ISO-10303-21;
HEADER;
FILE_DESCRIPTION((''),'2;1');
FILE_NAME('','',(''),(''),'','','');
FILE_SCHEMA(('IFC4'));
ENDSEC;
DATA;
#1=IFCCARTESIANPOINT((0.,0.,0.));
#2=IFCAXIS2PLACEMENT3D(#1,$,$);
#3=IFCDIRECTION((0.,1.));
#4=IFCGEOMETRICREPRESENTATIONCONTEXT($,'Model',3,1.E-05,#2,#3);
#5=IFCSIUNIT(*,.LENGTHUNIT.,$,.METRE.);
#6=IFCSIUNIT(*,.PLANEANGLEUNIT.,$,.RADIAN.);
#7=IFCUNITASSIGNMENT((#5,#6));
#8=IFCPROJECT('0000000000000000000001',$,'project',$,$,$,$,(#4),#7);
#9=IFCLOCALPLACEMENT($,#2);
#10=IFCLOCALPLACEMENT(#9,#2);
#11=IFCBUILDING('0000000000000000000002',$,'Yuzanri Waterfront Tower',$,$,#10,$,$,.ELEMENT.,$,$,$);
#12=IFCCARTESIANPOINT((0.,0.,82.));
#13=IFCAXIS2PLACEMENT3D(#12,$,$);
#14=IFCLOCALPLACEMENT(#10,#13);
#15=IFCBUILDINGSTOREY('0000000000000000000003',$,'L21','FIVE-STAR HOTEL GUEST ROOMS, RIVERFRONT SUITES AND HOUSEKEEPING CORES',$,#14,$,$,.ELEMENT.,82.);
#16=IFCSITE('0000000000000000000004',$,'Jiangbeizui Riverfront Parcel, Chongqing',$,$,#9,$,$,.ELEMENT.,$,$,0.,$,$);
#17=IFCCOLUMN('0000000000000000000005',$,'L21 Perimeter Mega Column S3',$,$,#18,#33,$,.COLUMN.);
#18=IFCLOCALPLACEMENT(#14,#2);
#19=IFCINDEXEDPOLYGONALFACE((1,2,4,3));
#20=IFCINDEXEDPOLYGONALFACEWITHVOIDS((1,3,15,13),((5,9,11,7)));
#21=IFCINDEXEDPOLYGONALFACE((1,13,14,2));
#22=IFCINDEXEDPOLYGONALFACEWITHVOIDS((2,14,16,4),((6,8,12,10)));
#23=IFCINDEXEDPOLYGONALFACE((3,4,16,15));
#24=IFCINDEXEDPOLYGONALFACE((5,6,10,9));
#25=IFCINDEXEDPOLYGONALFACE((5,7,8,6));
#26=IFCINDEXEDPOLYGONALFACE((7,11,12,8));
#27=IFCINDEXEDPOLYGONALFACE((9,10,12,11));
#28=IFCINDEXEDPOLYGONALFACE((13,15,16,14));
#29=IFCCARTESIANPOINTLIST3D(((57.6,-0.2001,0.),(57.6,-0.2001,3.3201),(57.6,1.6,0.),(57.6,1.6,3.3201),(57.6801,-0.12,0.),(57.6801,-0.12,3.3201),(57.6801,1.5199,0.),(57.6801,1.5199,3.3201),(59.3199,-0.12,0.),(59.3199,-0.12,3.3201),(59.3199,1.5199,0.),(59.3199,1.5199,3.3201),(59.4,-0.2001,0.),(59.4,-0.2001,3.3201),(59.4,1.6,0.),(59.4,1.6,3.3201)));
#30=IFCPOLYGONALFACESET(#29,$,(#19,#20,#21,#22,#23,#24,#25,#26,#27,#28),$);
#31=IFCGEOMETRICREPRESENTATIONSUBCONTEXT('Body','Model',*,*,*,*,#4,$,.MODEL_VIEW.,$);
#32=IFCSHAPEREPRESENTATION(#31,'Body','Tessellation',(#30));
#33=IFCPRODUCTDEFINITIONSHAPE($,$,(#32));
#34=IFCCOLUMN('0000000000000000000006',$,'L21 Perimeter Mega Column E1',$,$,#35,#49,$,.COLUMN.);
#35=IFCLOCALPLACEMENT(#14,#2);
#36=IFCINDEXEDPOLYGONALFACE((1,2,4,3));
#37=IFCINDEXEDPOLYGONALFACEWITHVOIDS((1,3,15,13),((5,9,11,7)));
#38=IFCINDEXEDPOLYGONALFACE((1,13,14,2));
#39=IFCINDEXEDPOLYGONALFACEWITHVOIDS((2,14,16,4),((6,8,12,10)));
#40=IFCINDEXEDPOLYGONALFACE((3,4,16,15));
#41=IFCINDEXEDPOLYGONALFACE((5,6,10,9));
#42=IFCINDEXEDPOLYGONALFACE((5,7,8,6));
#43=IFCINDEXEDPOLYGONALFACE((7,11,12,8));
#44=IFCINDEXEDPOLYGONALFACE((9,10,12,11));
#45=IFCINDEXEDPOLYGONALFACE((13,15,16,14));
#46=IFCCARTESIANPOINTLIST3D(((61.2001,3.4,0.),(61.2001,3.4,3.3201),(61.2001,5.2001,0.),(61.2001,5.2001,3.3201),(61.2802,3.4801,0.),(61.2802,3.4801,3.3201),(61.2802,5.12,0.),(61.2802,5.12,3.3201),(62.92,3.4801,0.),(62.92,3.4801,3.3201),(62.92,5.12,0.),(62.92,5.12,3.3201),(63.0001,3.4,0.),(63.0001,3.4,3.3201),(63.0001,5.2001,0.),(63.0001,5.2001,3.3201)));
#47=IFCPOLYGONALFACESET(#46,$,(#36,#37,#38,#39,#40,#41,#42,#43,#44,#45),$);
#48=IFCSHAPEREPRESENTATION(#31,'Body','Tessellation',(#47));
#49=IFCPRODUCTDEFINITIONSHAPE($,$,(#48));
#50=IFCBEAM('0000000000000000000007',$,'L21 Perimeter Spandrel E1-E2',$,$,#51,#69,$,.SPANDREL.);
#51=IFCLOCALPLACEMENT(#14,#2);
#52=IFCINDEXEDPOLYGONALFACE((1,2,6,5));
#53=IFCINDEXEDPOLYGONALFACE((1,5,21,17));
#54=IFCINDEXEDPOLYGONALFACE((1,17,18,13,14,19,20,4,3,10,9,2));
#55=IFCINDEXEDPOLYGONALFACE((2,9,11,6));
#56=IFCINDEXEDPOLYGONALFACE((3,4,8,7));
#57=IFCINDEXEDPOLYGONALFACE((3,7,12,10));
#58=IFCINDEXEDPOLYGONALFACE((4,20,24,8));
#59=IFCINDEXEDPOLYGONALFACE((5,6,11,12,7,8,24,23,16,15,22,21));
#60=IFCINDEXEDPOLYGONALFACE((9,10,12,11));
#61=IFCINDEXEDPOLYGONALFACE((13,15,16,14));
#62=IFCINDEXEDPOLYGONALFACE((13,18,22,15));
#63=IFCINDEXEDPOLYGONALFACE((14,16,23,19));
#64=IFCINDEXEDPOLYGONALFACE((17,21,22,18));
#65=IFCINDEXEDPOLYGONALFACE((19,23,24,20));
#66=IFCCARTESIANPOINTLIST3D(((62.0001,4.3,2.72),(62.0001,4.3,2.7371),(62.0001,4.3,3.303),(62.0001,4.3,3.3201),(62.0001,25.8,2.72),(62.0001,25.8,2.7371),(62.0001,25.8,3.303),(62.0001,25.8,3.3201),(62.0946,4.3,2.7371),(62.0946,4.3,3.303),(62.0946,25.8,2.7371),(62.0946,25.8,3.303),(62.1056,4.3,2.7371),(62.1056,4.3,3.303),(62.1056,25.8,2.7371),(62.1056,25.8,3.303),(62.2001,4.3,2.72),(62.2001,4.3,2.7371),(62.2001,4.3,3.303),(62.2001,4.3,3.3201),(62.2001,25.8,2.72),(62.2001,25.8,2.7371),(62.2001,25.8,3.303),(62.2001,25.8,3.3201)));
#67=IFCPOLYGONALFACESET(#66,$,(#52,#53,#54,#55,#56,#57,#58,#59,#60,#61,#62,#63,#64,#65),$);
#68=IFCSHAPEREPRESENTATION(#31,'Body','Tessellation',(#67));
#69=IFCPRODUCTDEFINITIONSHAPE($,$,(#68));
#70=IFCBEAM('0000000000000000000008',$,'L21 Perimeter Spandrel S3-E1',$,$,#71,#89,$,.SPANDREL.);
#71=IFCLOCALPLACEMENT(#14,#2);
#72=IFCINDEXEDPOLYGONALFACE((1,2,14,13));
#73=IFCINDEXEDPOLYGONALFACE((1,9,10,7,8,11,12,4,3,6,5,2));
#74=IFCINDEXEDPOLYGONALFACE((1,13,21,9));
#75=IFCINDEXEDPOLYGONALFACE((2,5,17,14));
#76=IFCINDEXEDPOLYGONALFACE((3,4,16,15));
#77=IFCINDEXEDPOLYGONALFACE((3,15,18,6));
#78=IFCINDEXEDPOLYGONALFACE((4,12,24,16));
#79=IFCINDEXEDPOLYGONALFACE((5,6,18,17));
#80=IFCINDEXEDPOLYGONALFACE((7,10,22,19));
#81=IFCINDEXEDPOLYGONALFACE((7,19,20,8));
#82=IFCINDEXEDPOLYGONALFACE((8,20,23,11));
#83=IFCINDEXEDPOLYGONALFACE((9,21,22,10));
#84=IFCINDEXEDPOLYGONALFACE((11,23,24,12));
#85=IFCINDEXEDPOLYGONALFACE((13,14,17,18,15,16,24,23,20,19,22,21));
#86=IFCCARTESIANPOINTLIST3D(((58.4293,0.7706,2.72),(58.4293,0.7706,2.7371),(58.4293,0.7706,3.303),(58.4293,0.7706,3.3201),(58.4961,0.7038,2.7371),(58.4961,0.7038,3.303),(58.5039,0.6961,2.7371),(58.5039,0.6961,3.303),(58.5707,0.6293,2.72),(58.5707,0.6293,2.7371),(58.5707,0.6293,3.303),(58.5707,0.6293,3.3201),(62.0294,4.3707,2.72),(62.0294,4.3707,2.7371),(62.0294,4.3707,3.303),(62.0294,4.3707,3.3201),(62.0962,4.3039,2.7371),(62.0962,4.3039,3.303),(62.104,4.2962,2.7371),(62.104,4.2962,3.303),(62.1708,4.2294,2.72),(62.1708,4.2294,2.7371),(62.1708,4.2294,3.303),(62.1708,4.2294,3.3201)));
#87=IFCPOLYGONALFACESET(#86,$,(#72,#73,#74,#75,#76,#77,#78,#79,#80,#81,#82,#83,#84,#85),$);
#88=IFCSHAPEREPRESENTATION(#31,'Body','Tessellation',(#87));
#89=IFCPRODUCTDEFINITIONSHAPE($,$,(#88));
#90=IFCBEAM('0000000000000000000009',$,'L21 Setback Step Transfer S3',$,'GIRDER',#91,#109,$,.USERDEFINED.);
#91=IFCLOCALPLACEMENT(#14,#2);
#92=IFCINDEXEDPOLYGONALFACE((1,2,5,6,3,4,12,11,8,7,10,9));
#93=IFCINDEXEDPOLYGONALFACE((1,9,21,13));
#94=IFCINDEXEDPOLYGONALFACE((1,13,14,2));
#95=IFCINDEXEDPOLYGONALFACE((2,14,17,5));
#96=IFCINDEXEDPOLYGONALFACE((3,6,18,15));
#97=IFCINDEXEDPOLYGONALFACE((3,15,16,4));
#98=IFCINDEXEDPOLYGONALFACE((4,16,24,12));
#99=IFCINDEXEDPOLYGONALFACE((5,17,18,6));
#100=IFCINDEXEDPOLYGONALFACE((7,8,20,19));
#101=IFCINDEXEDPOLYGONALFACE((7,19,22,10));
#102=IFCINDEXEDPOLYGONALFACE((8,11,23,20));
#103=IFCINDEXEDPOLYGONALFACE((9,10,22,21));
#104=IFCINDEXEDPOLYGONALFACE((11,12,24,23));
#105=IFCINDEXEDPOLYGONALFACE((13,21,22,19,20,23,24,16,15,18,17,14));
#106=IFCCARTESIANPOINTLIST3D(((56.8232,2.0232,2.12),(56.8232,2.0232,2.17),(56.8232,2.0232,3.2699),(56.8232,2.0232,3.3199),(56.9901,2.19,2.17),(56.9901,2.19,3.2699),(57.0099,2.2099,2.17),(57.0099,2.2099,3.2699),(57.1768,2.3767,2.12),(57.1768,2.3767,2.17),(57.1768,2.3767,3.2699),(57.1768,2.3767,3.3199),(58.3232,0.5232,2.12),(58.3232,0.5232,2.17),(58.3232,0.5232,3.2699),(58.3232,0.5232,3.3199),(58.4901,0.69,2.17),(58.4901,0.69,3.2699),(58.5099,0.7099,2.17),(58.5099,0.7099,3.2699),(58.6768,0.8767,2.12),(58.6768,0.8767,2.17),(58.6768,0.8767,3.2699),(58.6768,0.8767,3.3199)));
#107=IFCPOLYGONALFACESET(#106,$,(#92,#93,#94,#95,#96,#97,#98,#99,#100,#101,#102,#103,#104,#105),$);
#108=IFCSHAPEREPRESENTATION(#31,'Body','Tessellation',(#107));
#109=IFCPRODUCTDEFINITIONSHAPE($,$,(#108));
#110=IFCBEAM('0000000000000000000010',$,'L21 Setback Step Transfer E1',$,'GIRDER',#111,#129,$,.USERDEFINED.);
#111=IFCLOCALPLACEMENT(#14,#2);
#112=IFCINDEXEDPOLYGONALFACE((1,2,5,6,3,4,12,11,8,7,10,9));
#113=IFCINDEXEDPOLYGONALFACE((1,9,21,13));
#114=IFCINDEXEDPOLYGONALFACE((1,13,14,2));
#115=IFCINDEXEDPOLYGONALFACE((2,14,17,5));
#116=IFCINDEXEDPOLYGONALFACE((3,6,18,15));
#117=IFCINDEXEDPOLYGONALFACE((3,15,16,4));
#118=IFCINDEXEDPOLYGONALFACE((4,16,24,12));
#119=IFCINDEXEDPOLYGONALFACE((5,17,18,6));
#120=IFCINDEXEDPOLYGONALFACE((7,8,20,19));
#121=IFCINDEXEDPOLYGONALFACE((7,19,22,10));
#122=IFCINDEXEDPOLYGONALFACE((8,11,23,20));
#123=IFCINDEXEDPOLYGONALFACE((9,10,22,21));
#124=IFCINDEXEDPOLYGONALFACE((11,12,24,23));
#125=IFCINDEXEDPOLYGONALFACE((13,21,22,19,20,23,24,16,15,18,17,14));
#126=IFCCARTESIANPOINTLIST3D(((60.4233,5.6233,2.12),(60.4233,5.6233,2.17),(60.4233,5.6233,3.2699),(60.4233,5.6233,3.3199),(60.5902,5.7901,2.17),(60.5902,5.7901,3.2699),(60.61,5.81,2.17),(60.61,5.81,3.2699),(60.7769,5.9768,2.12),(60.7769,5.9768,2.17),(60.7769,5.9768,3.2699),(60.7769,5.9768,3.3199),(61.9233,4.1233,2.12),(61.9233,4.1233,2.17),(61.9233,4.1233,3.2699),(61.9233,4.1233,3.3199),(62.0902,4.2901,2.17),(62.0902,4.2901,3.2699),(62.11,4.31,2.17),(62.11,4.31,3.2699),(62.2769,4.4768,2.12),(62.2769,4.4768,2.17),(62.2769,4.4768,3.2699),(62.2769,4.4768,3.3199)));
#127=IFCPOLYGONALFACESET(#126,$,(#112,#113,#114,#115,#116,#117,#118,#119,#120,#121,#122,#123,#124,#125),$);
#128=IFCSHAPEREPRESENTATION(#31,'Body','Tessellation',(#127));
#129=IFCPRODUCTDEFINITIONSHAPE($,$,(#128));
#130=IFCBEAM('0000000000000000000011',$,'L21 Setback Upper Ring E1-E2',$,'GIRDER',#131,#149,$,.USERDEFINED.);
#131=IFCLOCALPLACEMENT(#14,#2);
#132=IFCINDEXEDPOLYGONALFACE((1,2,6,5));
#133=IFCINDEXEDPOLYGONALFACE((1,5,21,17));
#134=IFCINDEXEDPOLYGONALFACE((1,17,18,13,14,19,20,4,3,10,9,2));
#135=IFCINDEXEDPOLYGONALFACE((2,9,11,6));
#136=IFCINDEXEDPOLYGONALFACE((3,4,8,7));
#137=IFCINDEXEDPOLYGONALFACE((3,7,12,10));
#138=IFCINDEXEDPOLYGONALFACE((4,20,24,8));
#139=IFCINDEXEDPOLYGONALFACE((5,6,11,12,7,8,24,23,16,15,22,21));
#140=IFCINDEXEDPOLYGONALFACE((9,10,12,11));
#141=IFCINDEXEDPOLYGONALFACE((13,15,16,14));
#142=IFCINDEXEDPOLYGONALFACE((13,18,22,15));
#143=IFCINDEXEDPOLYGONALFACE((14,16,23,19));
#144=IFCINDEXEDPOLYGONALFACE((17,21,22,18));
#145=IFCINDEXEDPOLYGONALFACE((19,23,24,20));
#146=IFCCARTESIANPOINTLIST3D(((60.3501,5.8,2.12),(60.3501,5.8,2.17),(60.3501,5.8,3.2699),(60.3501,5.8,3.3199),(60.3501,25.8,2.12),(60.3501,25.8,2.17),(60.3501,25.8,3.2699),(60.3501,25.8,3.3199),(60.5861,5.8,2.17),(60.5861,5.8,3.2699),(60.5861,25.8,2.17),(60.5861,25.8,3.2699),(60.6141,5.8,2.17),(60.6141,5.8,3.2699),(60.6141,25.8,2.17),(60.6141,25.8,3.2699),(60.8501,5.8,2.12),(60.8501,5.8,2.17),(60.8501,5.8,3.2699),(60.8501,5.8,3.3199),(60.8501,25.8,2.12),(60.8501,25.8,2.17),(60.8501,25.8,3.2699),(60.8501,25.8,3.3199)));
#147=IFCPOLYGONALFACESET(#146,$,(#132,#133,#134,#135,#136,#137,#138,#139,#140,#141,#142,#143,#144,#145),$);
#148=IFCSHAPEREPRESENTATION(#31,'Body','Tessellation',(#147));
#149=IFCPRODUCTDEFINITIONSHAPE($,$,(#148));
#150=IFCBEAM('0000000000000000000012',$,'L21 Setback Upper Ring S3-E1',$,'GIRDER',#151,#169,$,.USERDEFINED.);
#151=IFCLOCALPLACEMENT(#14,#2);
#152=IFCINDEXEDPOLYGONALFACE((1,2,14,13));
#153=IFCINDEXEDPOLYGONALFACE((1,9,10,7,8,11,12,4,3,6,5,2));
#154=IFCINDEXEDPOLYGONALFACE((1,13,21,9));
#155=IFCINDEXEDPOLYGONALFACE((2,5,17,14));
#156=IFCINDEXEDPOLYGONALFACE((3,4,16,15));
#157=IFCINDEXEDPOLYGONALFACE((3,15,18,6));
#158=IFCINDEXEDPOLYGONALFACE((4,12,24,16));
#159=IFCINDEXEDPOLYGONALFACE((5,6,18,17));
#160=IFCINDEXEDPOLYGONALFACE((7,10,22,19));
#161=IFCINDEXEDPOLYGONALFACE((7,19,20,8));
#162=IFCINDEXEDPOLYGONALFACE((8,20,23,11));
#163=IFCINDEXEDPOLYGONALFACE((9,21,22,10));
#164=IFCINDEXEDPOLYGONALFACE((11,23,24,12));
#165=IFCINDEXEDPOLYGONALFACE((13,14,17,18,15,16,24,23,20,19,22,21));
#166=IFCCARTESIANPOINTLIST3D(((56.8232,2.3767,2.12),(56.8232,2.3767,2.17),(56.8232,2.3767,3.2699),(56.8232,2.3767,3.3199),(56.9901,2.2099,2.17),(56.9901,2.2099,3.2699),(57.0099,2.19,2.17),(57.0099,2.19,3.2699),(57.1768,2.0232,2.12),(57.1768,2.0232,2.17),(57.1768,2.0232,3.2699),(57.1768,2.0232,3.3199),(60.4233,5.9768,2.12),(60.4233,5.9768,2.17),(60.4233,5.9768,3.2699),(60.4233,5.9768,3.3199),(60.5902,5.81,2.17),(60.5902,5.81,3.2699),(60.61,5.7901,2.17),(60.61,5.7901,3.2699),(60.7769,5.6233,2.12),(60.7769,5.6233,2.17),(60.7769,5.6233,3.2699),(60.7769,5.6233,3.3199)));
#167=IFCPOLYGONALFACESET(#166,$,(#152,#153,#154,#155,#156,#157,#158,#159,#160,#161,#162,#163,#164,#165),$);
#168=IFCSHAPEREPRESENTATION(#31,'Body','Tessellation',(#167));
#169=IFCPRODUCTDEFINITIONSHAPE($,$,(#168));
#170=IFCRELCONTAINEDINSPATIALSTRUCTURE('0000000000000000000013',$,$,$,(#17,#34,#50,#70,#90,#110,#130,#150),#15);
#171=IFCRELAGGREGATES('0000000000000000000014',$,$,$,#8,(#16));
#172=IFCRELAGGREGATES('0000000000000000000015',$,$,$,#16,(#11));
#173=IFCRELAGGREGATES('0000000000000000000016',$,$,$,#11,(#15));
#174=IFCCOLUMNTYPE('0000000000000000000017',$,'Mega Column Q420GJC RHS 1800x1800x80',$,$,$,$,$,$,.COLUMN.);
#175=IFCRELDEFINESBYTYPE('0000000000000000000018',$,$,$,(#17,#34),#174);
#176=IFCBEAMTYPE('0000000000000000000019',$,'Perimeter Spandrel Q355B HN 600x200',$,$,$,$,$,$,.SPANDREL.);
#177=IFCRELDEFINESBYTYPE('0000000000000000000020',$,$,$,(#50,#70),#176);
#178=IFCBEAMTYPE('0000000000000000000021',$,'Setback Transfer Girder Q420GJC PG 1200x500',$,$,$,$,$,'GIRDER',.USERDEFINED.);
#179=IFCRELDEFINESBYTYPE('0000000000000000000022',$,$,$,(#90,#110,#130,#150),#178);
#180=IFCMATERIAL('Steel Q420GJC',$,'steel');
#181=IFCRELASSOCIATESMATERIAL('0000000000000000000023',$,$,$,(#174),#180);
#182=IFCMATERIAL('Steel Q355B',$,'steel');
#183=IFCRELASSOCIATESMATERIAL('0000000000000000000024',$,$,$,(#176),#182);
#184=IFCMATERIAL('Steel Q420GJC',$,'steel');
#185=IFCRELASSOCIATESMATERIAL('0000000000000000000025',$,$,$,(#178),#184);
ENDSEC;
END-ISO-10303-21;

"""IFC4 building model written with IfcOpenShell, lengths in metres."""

from ifc_helpers import new_model, si_unit, direction, frame, origin, origin_2d, place, context, subcontext, project, spatial, hollow_rectangle, i_section, extrude, source, transform, mapped, material, material_profile, profile_set, type_object, element, save


model = new_model("IFC4")

# Units and contexts
model_context = context("Model", 3, precision=1e-05, world=origin(), true_north=direction((0.0, 1.0)))
body_context = subcontext(model_context, "Body", "Model", "MODEL_VIEW")
ifc_project = project(units=[si_unit("LENGTHUNIT", "METRE"), si_unit("PLANEANGLEUNIT", "RADIAN")], contexts=[model_context])

# Site, building, storey
site_placement = place(None, origin())
site = spatial("IfcSite", under=ifc_project, at=site_placement, Name="Jiangbeizui Riverfront Parcel, Chongqing", CompositionType="ELEMENT", RefElevation=0.0)
building_placement = place(site_placement, origin())
building = spatial("IfcBuilding", under=site, at=building_placement, Name="Yuzanri Waterfront Tower", CompositionType="ELEMENT")
storey_placement = place(building_placement, frame((0.0, 0.0, 82.0)))
storey = spatial("IfcBuildingStorey", under=building, at=storey_placement, Name="L21", Description="FIVE-STAR HOTEL GUEST ROOMS, RIVERFRONT SUITES AND HOUSEKEEPING CORES", CompositionType="ELEMENT", Elevation=82.0)

# Columns
ifc_material_1 = material(Name="Steel Q420GJC", Category="steel")
ifc_material_profile_1 = material_profile(ifc_material_1, hollow_rectangle(XDim=1.8, YDim=1.8, WallThickness=0.0801, at=origin_2d()), Name="RHS 1800x1800x80")
ifc_profile_set_1 = profile_set([ifc_material_profile_1], Name="Steel Q420GJC")
column_type = type_object("IfcColumnType", Name="Mega Column Q420GJC RHS 1800x1800x80", PredefinedType="COLUMN", material=ifc_profile_set_1)
shared_shape_1 = source(origin(), body_context, "Body", "SweptSolid", [
    extrude(hollow_rectangle(XDim=1.8, YDim=1.8, WallThickness=0.0801, at=origin_2d()), origin(), (0.0, 0.0, 1.0), 3.3201),
])
for number, where, z_axis, x_axis, name in (
    (1, (58.5, 0.7, 0.0), (0.0, 0.0, 1.0), (1.0, 0.0, 0.0), "L21 Perimeter Mega Column S3"),
    (2, (62.1001, 4.3, 0.0), (0.0, 0.0, 1.0), (1.0, 0.0, 0.0), "L21 Perimeter Mega Column E1"),
):
    element("IfcColumn", number, at=place(storey_placement, frame(where, z_axis=z_axis, x_axis=x_axis)), inside=storey, type_object=column_type, Name=name, PredefinedType="COLUMN", context=body_context, shape_type="MappedRepresentation", body=[
        mapped(shared_shape_1, transform((0.0, 0.0, 0.0), scale=1.0)),
    ])

# Beams
ifc_material_2 = material(Name="Steel Q355B", Category="steel")
ifc_material_profile_2 = material_profile(ifc_material_2, i_section(OverallWidth=0.2, OverallDepth=0.6001, WebThickness=0.011, FlangeThickness=0.0171, at=origin_2d()), Name="HN 600x200x11x17")
ifc_profile_set_2 = profile_set([ifc_material_profile_2], Name="Steel Q355B")
beam_type_1 = type_object("IfcBeamType", Name="Perimeter Spandrel Q355B HN 600x200", PredefinedType="SPANDREL", material=ifc_profile_set_2)
shared_shape_2 = source(origin(), body_context, "Body", "SweptSolid", [
    extrude(i_section(OverallWidth=0.2, OverallDepth=0.6001, WebThickness=0.011, FlangeThickness=0.0171, at=origin_2d()), origin(), (0.0, 0.0, 1.0), 21.5),
])
beam_1_placement = place(storey_placement, frame((62.1001, 4.3, 3.02), z_axis=(0.0, 1.0, 0.0), x_axis=(-1.0, 0.0, 0.0)))
element("IfcBeam", 3, at=beam_1_placement, inside=storey, type_object=beam_type_1, Name="L21 Perimeter Spandrel E1-E2", PredefinedType="SPANDREL", context=body_context, shape_type="MappedRepresentation", body=[
    mapped(shared_shape_2, transform((0.0, 0.0, 0.0), scale=1.0)),
])
shared_shape_3 = source(origin(), body_context, "Body", "SweptSolid", [
    extrude(i_section(OverallWidth=0.2, OverallDepth=0.6001, WebThickness=0.011, FlangeThickness=0.0171, at=origin_2d()), origin(), (0.0, 0.0, 1.0), 5.0913),
])
beam_2_placement = place(storey_placement, frame((58.5, 0.7, 3.02), z_axis=(0.707107, 0.707107, 0.0), x_axis=(-0.707107, 0.707107, 0.0)))
element("IfcBeam", 4, at=beam_2_placement, inside=storey, type_object=beam_type_1, Name="L21 Perimeter Spandrel S3-E1", PredefinedType="SPANDREL", context=body_context, shape_type="MappedRepresentation", body=[
    mapped(shared_shape_3, transform((0.0, 0.0, 0.0), scale=1.0)),
])
ifc_material_3 = material(Name="Steel Q420GJC", Category="steel")
ifc_material_profile_3 = material_profile(ifc_material_3, i_section(OverallWidth=0.5, OverallDepth=1.2, WebThickness=0.0281, FlangeThickness=0.05, at=origin_2d()), Name="PG 1200x500x28x50")
ifc_profile_set_3 = profile_set([ifc_material_profile_3], Name="Steel Q420GJC")
beam_type_2 = type_object("IfcBeamType", Name="Setback Transfer Girder Q420GJC PG 1200x500", ElementType="GIRDER", PredefinedType="USERDEFINED", material=ifc_profile_set_3)
shared_shape_4 = source(origin(), body_context, "Body", "SweptSolid", [
    extrude(i_section(OverallWidth=0.5, OverallDepth=1.2, WebThickness=0.0281, FlangeThickness=0.05, at=origin_2d()), origin(), (0.0, 0.0, 1.0), 2.1213),
])
for number, where, z_axis, x_axis, name in (
    (5, (57.0, 2.2, 2.72), (0.707107, -0.707107, 0.0), (0.707107, 0.707107, 0.0), "L21 Setback Step Transfer S3"),
    (6, (60.6001, 5.8, 2.72), (0.707107, -0.707107, 0.0), (0.707107, 0.707107, 0.0), "L21 Setback Step Transfer E1"),
):
    element("IfcBeam", number, at=place(storey_placement, frame(where, z_axis=z_axis, x_axis=x_axis)), inside=storey, type_object=beam_type_2, Name=name, ObjectType="GIRDER", PredefinedType="USERDEFINED", context=body_context, shape_type="MappedRepresentation", body=[
        mapped(shared_shape_4, transform((0.0, 0.0, 0.0), scale=1.0)),
    ])
shared_shape_5 = source(origin(), body_context, "Body", "SweptSolid", [
    extrude(i_section(OverallWidth=0.5, OverallDepth=1.2, WebThickness=0.0281, FlangeThickness=0.05, at=origin_2d()), origin(), (0.0, 0.0, 1.0), 20.0),
])
beam_3_placement = place(storey_placement, frame((60.6001, 5.8, 2.72), z_axis=(0.0, 1.0, 0.0), x_axis=(-1.0, 0.0, 0.0)))
element("IfcBeam", 7, at=beam_3_placement, inside=storey, type_object=beam_type_2, Name="L21 Setback Upper Ring E1-E2", ObjectType="GIRDER", PredefinedType="USERDEFINED", context=body_context, shape_type="MappedRepresentation", body=[
    mapped(shared_shape_5, transform((0.0, 0.0, 0.0), scale=1.0)),
])
shared_shape_6 = source(origin(), body_context, "Body", "SweptSolid", [
    extrude(i_section(OverallWidth=0.5, OverallDepth=1.2, WebThickness=0.0281, FlangeThickness=0.05, at=origin_2d()), origin(), (0.0, 0.0, 1.0), 5.0913),
])
beam_4_placement = place(storey_placement, frame((57.0, 2.2, 2.72), z_axis=(0.707107, 0.707107, 0.0), x_axis=(-0.707107, 0.707107, 0.0)))
element("IfcBeam", 8, at=beam_4_placement, inside=storey, type_object=beam_type_2, Name="L21 Setback Upper Ring S3-E1", ObjectType="GIRDER", PredefinedType="USERDEFINED", context=body_context, shape_type="MappedRepresentation", body=[
    mapped(shared_shape_6, transform((0.0, 0.0, 0.0), scale=1.0)),
])

save(model, "model.ifc")
